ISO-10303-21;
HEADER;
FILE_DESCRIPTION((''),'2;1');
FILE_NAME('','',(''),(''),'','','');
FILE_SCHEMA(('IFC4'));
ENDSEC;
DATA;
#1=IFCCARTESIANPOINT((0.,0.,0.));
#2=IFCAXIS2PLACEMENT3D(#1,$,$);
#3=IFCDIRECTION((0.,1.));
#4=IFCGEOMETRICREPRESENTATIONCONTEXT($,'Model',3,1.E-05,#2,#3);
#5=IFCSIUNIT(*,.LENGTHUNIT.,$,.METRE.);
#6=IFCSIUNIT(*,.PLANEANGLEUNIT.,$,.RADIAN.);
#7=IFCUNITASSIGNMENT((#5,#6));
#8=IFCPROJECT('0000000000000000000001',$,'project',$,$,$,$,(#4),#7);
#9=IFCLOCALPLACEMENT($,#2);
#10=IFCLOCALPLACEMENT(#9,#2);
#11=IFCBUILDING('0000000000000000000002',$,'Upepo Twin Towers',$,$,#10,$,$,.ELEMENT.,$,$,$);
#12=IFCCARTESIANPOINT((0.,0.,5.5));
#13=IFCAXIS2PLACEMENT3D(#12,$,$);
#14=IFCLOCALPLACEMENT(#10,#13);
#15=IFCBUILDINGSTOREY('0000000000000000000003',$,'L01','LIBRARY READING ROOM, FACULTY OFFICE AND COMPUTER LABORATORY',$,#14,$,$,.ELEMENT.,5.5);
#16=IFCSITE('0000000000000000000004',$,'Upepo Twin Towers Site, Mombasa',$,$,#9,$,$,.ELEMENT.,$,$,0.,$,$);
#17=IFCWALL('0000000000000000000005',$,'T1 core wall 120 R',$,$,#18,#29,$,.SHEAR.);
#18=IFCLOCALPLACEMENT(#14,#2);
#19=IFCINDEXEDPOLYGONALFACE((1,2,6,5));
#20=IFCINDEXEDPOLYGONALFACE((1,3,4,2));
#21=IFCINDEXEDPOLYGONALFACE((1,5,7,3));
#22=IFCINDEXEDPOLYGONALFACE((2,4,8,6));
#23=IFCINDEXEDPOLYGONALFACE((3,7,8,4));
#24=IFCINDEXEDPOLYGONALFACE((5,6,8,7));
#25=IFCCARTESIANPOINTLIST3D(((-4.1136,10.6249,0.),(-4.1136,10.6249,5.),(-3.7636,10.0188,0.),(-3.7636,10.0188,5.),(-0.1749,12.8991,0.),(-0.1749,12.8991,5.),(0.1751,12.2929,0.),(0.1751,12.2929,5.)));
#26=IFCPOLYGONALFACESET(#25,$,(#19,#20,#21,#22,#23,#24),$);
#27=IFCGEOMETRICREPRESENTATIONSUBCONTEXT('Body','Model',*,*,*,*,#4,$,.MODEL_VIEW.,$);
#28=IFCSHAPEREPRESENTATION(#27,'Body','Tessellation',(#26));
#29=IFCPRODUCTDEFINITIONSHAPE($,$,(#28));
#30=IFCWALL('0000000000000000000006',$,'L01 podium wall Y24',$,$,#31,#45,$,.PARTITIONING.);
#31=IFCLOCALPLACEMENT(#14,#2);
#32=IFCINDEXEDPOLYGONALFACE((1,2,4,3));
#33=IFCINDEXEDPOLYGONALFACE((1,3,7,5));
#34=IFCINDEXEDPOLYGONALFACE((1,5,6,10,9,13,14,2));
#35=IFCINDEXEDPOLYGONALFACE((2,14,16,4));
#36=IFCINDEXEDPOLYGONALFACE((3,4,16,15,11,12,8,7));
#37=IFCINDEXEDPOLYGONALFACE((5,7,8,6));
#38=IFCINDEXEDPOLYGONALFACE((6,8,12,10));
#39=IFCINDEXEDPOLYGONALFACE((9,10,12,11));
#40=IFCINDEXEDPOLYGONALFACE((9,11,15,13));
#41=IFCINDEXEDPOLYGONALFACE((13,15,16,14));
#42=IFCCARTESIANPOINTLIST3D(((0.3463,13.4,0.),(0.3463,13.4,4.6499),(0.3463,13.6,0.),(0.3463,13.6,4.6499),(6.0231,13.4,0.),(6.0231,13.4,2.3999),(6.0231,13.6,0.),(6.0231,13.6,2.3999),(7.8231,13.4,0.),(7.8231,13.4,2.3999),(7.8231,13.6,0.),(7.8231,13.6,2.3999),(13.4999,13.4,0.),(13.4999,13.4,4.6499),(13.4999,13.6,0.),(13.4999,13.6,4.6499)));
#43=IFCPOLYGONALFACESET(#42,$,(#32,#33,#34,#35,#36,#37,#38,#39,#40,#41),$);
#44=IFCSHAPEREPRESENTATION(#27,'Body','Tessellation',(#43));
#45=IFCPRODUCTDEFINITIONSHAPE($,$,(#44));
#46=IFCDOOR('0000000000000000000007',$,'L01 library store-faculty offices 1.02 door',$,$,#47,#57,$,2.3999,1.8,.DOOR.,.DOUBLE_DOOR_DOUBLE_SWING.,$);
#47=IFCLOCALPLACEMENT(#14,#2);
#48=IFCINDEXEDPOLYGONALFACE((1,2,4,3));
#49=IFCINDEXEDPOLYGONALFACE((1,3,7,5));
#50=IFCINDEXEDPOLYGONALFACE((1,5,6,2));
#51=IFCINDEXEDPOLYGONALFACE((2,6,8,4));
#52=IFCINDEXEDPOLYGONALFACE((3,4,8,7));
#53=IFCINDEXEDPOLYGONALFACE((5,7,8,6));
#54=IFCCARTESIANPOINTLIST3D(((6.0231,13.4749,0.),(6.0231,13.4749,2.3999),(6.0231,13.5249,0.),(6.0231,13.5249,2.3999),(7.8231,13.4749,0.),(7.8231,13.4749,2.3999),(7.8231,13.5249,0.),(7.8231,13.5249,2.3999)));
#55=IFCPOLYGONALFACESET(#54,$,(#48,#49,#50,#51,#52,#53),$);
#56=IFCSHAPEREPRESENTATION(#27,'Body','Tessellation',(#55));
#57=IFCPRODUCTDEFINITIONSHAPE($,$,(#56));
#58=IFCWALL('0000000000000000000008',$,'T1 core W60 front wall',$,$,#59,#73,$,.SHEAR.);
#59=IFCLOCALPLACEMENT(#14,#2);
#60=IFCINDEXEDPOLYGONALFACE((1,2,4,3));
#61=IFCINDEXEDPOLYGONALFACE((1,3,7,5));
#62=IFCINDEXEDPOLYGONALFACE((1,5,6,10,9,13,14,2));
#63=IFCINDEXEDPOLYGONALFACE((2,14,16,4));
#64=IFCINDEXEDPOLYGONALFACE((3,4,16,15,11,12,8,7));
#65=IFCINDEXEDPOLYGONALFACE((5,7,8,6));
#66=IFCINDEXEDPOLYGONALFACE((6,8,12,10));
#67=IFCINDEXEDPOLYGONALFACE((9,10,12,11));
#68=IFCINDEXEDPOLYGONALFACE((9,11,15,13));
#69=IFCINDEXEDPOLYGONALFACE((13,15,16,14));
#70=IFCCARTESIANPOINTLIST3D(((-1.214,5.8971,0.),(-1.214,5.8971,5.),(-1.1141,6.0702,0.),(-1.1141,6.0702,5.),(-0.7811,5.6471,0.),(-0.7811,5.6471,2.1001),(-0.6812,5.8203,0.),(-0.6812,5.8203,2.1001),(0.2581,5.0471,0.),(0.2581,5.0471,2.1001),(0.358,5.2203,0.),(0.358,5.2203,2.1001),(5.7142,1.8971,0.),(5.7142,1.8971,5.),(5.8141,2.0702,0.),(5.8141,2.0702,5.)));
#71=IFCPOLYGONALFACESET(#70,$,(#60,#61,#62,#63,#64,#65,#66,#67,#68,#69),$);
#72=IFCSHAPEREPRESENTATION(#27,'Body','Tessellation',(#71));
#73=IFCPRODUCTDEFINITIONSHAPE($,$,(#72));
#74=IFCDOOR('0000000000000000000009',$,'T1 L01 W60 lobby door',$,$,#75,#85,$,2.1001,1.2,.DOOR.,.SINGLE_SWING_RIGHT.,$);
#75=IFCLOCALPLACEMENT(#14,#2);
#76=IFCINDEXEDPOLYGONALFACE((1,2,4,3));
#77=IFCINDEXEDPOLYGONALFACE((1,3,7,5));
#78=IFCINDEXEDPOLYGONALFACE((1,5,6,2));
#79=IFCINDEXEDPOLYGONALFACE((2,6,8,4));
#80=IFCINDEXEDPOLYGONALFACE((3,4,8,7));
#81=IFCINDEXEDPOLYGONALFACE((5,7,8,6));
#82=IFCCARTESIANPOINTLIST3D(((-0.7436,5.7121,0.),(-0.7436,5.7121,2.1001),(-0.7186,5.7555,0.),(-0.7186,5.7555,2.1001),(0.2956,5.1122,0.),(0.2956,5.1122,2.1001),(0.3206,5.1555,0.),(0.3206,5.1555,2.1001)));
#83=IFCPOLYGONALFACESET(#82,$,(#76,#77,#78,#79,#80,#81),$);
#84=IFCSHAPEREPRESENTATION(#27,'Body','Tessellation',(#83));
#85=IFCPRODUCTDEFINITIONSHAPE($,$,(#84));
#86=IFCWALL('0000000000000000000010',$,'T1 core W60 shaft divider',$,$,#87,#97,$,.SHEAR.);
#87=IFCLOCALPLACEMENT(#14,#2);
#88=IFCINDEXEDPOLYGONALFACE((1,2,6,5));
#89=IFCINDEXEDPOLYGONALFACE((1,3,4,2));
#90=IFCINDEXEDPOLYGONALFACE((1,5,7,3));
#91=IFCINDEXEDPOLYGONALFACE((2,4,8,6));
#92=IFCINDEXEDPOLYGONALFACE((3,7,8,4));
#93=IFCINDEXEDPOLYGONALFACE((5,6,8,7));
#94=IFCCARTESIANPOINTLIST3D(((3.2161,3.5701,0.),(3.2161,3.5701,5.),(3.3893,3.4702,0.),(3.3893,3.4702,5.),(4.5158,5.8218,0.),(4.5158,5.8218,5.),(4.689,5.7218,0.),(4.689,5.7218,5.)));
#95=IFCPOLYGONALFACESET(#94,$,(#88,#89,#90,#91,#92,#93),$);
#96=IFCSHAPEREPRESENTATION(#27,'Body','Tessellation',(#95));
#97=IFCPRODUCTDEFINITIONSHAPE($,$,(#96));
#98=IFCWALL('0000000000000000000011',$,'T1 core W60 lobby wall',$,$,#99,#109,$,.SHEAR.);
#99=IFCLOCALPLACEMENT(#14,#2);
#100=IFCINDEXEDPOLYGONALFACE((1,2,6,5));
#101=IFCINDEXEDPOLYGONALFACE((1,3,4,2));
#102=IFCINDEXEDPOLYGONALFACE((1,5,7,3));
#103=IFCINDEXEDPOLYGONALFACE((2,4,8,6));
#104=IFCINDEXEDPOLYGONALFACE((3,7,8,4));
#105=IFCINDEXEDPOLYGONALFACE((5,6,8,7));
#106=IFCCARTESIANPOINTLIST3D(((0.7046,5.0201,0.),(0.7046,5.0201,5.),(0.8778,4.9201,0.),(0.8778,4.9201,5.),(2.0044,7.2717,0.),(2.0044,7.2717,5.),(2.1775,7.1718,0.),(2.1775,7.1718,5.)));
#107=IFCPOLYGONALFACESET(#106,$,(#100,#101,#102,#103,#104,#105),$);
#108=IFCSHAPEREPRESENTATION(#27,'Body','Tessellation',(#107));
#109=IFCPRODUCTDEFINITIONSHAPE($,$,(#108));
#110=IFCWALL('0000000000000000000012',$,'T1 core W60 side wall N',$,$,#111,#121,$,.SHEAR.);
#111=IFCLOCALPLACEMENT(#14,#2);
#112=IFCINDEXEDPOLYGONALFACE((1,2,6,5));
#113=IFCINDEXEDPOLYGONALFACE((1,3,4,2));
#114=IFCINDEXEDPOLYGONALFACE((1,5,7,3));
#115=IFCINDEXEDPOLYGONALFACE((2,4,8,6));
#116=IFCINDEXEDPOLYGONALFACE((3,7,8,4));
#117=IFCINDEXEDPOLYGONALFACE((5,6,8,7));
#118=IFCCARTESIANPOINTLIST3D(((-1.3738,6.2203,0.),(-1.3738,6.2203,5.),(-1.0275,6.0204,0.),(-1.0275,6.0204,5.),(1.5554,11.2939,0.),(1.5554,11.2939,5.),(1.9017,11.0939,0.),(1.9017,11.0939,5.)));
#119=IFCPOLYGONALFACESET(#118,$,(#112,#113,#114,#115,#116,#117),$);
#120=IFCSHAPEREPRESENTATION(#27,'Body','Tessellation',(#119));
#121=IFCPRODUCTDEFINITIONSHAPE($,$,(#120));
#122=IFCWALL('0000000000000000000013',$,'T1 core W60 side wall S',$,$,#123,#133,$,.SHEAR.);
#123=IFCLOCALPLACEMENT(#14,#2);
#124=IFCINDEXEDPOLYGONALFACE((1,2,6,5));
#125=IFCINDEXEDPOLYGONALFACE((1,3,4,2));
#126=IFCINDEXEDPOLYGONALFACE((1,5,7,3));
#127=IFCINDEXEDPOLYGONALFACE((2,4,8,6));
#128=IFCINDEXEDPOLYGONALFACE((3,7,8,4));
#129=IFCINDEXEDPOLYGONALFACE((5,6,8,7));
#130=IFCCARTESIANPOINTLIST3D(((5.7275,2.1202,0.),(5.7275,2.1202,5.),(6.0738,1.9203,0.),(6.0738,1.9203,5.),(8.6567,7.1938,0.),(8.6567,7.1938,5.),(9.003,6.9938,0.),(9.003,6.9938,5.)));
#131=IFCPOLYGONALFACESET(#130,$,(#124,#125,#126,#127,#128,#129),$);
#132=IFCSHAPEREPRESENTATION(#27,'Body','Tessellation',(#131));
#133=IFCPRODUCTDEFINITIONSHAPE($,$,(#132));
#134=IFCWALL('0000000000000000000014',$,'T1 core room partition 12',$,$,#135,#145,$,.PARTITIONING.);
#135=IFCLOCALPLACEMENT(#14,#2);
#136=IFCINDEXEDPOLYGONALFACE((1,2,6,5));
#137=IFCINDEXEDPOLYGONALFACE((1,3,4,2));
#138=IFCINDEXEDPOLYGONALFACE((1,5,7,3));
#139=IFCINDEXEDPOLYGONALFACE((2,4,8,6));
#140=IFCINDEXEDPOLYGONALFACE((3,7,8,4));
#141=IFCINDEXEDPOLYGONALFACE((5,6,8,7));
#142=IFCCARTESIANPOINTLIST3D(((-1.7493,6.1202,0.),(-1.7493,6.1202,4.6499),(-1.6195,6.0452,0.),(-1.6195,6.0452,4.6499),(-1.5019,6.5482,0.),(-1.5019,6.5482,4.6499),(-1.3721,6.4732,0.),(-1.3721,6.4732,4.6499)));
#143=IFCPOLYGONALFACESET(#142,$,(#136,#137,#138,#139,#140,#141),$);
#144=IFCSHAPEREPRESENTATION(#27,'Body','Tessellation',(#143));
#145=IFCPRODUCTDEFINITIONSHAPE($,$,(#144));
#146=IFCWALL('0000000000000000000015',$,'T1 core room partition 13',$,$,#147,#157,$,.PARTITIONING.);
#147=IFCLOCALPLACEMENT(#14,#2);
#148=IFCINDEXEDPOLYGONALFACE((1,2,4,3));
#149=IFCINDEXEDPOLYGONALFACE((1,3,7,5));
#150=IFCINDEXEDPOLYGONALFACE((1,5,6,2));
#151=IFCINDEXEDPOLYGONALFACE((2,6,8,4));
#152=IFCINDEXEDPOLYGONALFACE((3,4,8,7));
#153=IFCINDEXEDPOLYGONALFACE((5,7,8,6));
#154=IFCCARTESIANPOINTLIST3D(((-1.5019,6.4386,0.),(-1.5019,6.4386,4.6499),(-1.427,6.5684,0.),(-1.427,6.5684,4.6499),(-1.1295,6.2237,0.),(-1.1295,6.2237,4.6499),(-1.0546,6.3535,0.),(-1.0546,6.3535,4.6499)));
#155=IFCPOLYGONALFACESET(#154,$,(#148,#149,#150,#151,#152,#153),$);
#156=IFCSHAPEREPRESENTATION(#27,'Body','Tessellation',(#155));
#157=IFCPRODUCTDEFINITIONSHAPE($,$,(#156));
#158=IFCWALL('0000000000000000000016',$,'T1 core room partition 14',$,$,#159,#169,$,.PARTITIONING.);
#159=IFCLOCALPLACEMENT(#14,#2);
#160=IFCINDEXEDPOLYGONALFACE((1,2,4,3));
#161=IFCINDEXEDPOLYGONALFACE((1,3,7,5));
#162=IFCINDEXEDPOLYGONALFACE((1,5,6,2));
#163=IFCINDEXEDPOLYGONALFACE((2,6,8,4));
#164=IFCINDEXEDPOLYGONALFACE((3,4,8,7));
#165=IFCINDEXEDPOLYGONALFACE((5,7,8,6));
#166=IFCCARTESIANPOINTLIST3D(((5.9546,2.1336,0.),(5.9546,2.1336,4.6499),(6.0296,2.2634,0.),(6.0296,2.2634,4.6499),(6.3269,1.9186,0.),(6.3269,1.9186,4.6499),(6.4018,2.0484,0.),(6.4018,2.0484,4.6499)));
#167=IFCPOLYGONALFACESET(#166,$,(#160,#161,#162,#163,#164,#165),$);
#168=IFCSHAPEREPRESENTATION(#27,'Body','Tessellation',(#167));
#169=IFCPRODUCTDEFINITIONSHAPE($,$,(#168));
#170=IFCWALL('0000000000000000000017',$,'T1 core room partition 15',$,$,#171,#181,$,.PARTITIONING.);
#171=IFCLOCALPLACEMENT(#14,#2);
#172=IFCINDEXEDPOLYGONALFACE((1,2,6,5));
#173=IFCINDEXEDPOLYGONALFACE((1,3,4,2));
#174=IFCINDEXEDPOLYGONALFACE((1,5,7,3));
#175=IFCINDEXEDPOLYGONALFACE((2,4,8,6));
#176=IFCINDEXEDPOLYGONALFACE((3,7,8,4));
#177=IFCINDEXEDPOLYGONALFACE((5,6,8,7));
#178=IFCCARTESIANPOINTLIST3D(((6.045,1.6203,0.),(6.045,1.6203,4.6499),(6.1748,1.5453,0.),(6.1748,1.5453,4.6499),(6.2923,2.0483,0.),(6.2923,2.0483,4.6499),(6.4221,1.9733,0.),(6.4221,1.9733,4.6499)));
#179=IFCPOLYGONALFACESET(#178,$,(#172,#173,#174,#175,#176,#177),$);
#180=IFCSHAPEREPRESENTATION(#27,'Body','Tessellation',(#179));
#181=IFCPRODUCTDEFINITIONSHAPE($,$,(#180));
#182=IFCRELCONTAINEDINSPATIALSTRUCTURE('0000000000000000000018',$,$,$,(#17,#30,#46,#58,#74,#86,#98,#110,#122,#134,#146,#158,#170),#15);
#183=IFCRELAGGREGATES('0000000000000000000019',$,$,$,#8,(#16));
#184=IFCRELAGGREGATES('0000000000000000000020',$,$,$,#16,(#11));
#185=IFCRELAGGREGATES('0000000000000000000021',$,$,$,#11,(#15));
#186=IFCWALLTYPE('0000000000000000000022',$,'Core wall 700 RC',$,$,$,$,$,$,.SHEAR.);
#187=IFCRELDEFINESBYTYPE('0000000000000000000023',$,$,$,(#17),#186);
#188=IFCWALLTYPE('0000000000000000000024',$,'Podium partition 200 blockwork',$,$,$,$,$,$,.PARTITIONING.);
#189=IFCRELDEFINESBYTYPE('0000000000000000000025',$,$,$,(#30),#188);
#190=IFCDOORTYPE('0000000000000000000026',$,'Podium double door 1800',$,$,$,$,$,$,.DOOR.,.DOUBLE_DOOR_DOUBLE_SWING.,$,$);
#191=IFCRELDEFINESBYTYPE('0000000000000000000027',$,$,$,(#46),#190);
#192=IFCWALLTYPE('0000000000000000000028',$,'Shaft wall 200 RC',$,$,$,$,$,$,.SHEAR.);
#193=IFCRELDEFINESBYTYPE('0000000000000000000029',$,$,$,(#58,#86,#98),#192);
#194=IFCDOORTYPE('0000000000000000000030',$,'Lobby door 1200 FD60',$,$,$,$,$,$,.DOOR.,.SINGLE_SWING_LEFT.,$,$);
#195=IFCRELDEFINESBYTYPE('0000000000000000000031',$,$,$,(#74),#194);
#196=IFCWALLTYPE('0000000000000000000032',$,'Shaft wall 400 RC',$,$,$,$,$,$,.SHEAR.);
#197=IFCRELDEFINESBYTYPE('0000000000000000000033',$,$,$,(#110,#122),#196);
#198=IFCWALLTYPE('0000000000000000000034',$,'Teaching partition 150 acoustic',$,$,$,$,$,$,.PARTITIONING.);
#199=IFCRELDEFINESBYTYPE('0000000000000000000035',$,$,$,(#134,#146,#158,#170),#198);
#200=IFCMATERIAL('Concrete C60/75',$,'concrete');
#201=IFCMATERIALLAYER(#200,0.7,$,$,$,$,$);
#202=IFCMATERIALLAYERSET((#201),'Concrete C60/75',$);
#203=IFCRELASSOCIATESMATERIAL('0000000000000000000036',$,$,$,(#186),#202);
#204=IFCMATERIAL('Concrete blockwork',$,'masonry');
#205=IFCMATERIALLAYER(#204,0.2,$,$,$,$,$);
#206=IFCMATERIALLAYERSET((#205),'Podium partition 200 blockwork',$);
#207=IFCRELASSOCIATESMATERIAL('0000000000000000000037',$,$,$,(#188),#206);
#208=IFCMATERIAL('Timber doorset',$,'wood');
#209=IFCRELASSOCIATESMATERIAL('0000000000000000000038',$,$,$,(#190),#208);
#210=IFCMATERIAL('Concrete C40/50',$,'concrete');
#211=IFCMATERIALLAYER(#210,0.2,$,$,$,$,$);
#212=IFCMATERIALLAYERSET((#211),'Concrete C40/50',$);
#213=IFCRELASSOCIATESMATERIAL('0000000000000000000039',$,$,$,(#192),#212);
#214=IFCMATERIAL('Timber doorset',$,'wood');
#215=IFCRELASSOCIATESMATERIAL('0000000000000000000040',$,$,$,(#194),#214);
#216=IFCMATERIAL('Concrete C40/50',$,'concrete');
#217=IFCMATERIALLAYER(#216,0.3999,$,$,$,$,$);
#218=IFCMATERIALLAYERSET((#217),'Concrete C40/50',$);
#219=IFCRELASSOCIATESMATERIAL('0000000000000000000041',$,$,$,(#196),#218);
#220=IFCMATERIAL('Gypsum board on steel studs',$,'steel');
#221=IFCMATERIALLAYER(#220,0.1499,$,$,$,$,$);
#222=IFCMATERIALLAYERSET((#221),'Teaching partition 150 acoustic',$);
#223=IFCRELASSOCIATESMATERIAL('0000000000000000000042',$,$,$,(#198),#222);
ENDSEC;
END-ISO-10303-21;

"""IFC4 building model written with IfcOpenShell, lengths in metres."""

from ifc_helpers import new_model, si_unit, direction, frame, frame_2d, origin, place, context, subcontext, project, spatial, rectangle, extrude, material, layer, layer_set, type_object, element, fill, save


model = new_model("IFC4")

# Units and contexts
model_context = context("Model", 3, precision=1e-05, world=origin(), true_north=direction((0.0, 1.0)))
body_context = subcontext(model_context, "Body", "Model", "MODEL_VIEW")
ifc_project = project(units=[si_unit("LENGTHUNIT", "METRE"), si_unit("PLANEANGLEUNIT", "RADIAN")], contexts=[model_context])

# Site, building, storey
site_placement = place(None, origin())
site = spatial("IfcSite", under=ifc_project, at=site_placement, Name="Upepo Twin Towers Site, Mombasa", CompositionType="ELEMENT", RefElevation=0.0)
building_placement = place(site_placement, origin())
building = spatial("IfcBuilding", under=site, at=building_placement, Name="Upepo Twin Towers", CompositionType="ELEMENT")
storey_placement = place(building_placement, frame((0.0, 0.0, 5.5)))
storey = spatial("IfcBuildingStorey", under=building, at=storey_placement, Name="L01", Description="LIBRARY READING ROOM, FACULTY OFFICE AND COMPUTER LABORATORY", CompositionType="ELEMENT", Elevation=5.5)

# Wall
ifc_material_1 = material(Name="Concrete C60/75", Category="concrete")
ifc_layer_1 = layer(ifc_material_1, 0.7)
ifc_layer_set_1 = layer_set([ifc_layer_1], Name="Concrete C60/75")
wall_type_1 = type_object("IfcWallType", Name="Core wall 700 RC", PredefinedType="SHEAR", material=ifc_layer_set_1)
wall_1_placement = place(storey_placement, frame((0.0, 12.5959, 0.0), z_axis=(0.0, 0.0, 1.0), x_axis=(-0.866011, -0.500024, 0.0)))
element("IfcWall", 1, at=wall_1_placement, inside=storey, type_object=wall_type_1, Name="T1 core wall 120 R", PredefinedType="SHEAR", context=body_context, shape_type="SweptSolid", body=[
    extrude(rectangle(XDim=4.5481, YDim=0.7, at=frame_2d((2.2739, 0.0))), origin(), (0.0, 0.0, 1.0), 5.0),
])

# Walls, openings, doors
ifc_material_2 = material(Name="Concrete blockwork", Category="masonry")
ifc_layer_2 = layer(ifc_material_2, 0.2)
ifc_layer_set_2 = layer_set([ifc_layer_2], Name="Podium partition 200 blockwork")
wall_type_2 = type_object("IfcWallType", Name="Podium partition 200 blockwork", PredefinedType="PARTITIONING", material=ifc_layer_set_2)
wall_2_placement = place(storey_placement, frame((0.3464, 13.5, 0.0), z_axis=(0.0, 0.0, 1.0), x_axis=(1.0, 0.0, 0.0)))
wall_2 = element("IfcWall", 2, at=wall_2_placement, inside=storey, type_object=wall_type_2, Name="L01 podium wall Y24", PredefinedType="PARTITIONING", context=body_context, shape_type="SweptSolid", body=[
    extrude(rectangle(XDim=13.1536, YDim=0.2, at=frame_2d((6.5767, 0.0))), origin(), (0.0, 0.0, 1.0), 4.6499),
])
opening_1_placement = place(wall_2_placement, frame((5.6768, 0.0, 0.0)))
opening_1 = element("IfcOpeningElement", 3, at=opening_1_placement, cuts=wall_2, PredefinedType="OPENING", context=body_context, shape_type="SweptSolid", body=[
    extrude(rectangle(XDim=1.8, YDim=2.3999, at=frame_2d((0.8999, 1.2))), frame((0.0, 0.1099, 0.0), z_axis=(0.0, -1.0, 0.0), x_axis=(1.0, 0.0, 0.0)), (0.0, 0.0, 1.0), 0.22),
])
ifc_material_3 = material(Name="Timber doorset", Category="wood")
door_type_1 = type_object("IfcDoorType", Name="Podium double door 1800", OperationType="DOUBLE_DOOR_DOUBLE_SWING", PredefinedType="DOOR", material=ifc_material_3)
door_1_placement = place(opening_1_placement, origin())
door_1 = element("IfcDoor", 4, at=door_1_placement, inside=storey, type_object=door_type_1, Name="L01 library store-faculty offices 1.02 door", OperationType="DOUBLE_DOOR_DOUBLE_SWING", OverallHeight=2.3999, OverallWidth=1.8, PredefinedType="DOOR", context=body_context, shape_type="SweptSolid", body=[
    extrude(rectangle(XDim=1.8, YDim=2.3999, at=frame_2d((0.8999, 1.2))), frame((0.0, 0.0249, 0.0), z_axis=(0.0, -1.0, 0.0), x_axis=(1.0, 0.0, 0.0)), (0.0, 0.0, 1.0), 0.05),
])
fill(opening_1, door_1)
ifc_material_4 = material(Name="Concrete C40/50", Category="concrete")
ifc_layer_3 = layer(ifc_material_4, 0.2)
ifc_layer_set_3 = layer_set([ifc_layer_3], Name="Concrete C40/50")
wall_type_3 = type_object("IfcWallType", Name="Shaft wall 200 RC", PredefinedType="SHEAR", material=ifc_layer_set_3)
wall_3_placement = place(storey_placement, frame((5.7642, 1.9836, 0.0), z_axis=(0.0, 0.0, 1.0), x_axis=(-0.866026, 0.499999, 0.0)))
wall_3 = element("IfcWall", 5, at=wall_3_placement, inside=storey, type_object=wall_type_3, Name="T1 core W60 front wall", PredefinedType="SHEAR", context=body_context, shape_type="SweptSolid", body=[
    extrude(rectangle(XDim=8.0, YDim=0.2, at=frame_2d((4.0, 0.0))), origin(), (0.0, 0.0, 1.0), 5.0),
])
opening_2_placement = place(wall_3_placement, frame((6.3, 0.0, 0.0)))
opening_2 = element("IfcOpeningElement", 6, at=opening_2_placement, cuts=wall_3, PredefinedType="OPENING", context=body_context, shape_type="SweptSolid", body=[
    extrude(rectangle(XDim=1.2, YDim=2.1001, at=frame_2d((0.6001, 1.05))), frame((0.0, 0.1099, 0.0), z_axis=(0.0, -1.0, 0.0), x_axis=(1.0, 0.0, 0.0)), (0.0, 0.0, 1.0), 0.22),
])
ifc_material_5 = material(Name="Timber doorset", Category="wood")
door_type_2 = type_object("IfcDoorType", Name="Lobby door 1200 FD60", OperationType="SINGLE_SWING_LEFT", PredefinedType="DOOR", material=ifc_material_5)
door_2_placement = place(opening_2_placement, origin())
door_2 = element("IfcDoor", 7, at=door_2_placement, inside=storey, type_object=door_type_2, Name="T1 L01 W60 lobby door", OperationType="SINGLE_SWING_RIGHT", OverallHeight=2.1001, OverallWidth=1.2, PredefinedType="DOOR", context=body_context, shape_type="SweptSolid", body=[
    extrude(rectangle(XDim=1.2, YDim=2.1001, at=frame_2d((0.6001, 1.05))), frame((0.0, 0.0249, 0.0), z_axis=(0.0, -1.0, 0.0), x_axis=(1.0, 0.0, 0.0)), (0.0, 0.0, 1.0), 0.05),
])
fill(opening_2, door_2)

# Walls
for number, where, z_axis, x_axis, name in (
    (8, (3.3027, 3.5203, 0.0), (0.0, 0.0, 1.0), (0.499937, 0.866062, 0.0), "T1 core W60 shaft divider"),
    (9, (0.7913, 4.9702, 0.0), (0.0, 0.0, 1.0), (0.499937, 0.866062, 0.0), "T1 core W60 lobby wall"),
):
    element("IfcWall", number, at=place(storey_placement, frame(where, z_axis=z_axis, x_axis=x_axis)), inside=storey, type_object=wall_type_3, Name=name, PredefinedType="SHEAR", context=body_context, shape_type="SweptSolid", body=[
        extrude(rectangle(XDim=2.5999, YDim=0.2, at=frame_2d((1.2998, 0.0))), origin(), (0.0, 0.0, 1.0), 5.0),
    ])
ifc_material_6 = material(Name="Concrete C40/50", Category="concrete")
ifc_layer_4 = layer(ifc_material_6, 0.3999)
ifc_layer_set_4 = layer_set([ifc_layer_4], Name="Concrete C40/50")
wall_type_4 = type_object("IfcWallType", Name="Shaft wall 400 RC", PredefinedType="SHEAR", material=ifc_layer_set_4)
for number, where, z_axis, x_axis, name in (
    (10, (-1.2007, 6.1204, 0.0), (0.0, 0.0, 1.0), (0.500003, 0.866024, 0.0), "T1 core W60 side wall N"),
    (11, (5.9006, 2.0203, 0.0), (0.0, 0.0, 1.0), (0.500003, 0.866024, 0.0), "T1 core W60 side wall S"),
):
    element("IfcWall", number, at=place(storey_placement, frame(where, z_axis=z_axis, x_axis=x_axis)), inside=storey, type_object=wall_type_4, Name=name, PredefinedType="SHEAR", context=body_context, shape_type="SweptSolid", body=[
        extrude(rectangle(XDim=5.8584, YDim=0.3999, at=frame_2d((2.9292, 0.0))), origin(), (0.0, 0.0, 1.0), 5.0),
    ])
ifc_material_7 = material(Name="Gypsum board on steel studs", Category="steel")
ifc_layer_5 = layer(ifc_material_7, 0.1499)
ifc_layer_set_5 = layer_set([ifc_layer_5], Name="Teaching partition 150 acoustic")
wall_type_5 = type_object("IfcWallType", Name="Teaching partition 150 acoustic", PredefinedType="PARTITIONING", material=ifc_layer_set_5)
wall_4_placement = place(storey_placement, frame((-1.6843, 6.0828, 0.0), z_axis=(0.0, 0.0, 1.0), x_axis=(0.500335, 0.865832, 0.0)))
element("IfcWall", 12, at=wall_4_placement, inside=storey, type_object=wall_type_5, Name="T1 core room partition 12", PredefinedType="PARTITIONING", context=body_context, shape_type="SweptSolid", body=[
    extrude(rectangle(XDim=0.4944, YDim=0.1499, at=frame_2d((0.2471, 0.0))), origin(), (0.0, 0.0, 1.0), 4.6499),
])
for number, where, z_axis, x_axis, name in (
    (13, (-1.4644, 6.5034, 0.0), (0.0, 0.0, 1.0), (0.866138, -0.499804, 0.0), "T1 core room partition 13"),
    (14, (5.9922, 2.1985, 0.0), (0.0, 0.0, 1.0), (0.865892, -0.50023, 0.0), "T1 core room partition 14"),
):
    element("IfcWall", number, at=place(storey_placement, frame(where, z_axis=z_axis, x_axis=x_axis)), inside=storey, type_object=wall_type_5, Name=name, PredefinedType="PARTITIONING", context=body_context, shape_type="SweptSolid", body=[
        extrude(rectangle(XDim=0.4299, YDim=0.1499, at=frame_2d((0.2148, 0.0))), origin(), (0.0, 0.0, 1.0), 4.6499),
    ])
wall_5_placement = place(storey_placement, frame((6.3572, 2.0107, 0.0), z_axis=(0.0, 0.0, 1.0), x_axis=(-0.500335, -0.865832, 0.0)))
element("IfcWall", 15, at=wall_5_placement, inside=storey, type_object=wall_type_5, Name="T1 core room partition 15", PredefinedType="PARTITIONING", context=body_context, shape_type="SweptSolid", body=[
    extrude(rectangle(XDim=0.4944, YDim=0.1499, at=frame_2d((0.2471, 0.0))), origin(), (0.0, 0.0, 1.0), 4.6499),
])

save(model, "model.ifc")
